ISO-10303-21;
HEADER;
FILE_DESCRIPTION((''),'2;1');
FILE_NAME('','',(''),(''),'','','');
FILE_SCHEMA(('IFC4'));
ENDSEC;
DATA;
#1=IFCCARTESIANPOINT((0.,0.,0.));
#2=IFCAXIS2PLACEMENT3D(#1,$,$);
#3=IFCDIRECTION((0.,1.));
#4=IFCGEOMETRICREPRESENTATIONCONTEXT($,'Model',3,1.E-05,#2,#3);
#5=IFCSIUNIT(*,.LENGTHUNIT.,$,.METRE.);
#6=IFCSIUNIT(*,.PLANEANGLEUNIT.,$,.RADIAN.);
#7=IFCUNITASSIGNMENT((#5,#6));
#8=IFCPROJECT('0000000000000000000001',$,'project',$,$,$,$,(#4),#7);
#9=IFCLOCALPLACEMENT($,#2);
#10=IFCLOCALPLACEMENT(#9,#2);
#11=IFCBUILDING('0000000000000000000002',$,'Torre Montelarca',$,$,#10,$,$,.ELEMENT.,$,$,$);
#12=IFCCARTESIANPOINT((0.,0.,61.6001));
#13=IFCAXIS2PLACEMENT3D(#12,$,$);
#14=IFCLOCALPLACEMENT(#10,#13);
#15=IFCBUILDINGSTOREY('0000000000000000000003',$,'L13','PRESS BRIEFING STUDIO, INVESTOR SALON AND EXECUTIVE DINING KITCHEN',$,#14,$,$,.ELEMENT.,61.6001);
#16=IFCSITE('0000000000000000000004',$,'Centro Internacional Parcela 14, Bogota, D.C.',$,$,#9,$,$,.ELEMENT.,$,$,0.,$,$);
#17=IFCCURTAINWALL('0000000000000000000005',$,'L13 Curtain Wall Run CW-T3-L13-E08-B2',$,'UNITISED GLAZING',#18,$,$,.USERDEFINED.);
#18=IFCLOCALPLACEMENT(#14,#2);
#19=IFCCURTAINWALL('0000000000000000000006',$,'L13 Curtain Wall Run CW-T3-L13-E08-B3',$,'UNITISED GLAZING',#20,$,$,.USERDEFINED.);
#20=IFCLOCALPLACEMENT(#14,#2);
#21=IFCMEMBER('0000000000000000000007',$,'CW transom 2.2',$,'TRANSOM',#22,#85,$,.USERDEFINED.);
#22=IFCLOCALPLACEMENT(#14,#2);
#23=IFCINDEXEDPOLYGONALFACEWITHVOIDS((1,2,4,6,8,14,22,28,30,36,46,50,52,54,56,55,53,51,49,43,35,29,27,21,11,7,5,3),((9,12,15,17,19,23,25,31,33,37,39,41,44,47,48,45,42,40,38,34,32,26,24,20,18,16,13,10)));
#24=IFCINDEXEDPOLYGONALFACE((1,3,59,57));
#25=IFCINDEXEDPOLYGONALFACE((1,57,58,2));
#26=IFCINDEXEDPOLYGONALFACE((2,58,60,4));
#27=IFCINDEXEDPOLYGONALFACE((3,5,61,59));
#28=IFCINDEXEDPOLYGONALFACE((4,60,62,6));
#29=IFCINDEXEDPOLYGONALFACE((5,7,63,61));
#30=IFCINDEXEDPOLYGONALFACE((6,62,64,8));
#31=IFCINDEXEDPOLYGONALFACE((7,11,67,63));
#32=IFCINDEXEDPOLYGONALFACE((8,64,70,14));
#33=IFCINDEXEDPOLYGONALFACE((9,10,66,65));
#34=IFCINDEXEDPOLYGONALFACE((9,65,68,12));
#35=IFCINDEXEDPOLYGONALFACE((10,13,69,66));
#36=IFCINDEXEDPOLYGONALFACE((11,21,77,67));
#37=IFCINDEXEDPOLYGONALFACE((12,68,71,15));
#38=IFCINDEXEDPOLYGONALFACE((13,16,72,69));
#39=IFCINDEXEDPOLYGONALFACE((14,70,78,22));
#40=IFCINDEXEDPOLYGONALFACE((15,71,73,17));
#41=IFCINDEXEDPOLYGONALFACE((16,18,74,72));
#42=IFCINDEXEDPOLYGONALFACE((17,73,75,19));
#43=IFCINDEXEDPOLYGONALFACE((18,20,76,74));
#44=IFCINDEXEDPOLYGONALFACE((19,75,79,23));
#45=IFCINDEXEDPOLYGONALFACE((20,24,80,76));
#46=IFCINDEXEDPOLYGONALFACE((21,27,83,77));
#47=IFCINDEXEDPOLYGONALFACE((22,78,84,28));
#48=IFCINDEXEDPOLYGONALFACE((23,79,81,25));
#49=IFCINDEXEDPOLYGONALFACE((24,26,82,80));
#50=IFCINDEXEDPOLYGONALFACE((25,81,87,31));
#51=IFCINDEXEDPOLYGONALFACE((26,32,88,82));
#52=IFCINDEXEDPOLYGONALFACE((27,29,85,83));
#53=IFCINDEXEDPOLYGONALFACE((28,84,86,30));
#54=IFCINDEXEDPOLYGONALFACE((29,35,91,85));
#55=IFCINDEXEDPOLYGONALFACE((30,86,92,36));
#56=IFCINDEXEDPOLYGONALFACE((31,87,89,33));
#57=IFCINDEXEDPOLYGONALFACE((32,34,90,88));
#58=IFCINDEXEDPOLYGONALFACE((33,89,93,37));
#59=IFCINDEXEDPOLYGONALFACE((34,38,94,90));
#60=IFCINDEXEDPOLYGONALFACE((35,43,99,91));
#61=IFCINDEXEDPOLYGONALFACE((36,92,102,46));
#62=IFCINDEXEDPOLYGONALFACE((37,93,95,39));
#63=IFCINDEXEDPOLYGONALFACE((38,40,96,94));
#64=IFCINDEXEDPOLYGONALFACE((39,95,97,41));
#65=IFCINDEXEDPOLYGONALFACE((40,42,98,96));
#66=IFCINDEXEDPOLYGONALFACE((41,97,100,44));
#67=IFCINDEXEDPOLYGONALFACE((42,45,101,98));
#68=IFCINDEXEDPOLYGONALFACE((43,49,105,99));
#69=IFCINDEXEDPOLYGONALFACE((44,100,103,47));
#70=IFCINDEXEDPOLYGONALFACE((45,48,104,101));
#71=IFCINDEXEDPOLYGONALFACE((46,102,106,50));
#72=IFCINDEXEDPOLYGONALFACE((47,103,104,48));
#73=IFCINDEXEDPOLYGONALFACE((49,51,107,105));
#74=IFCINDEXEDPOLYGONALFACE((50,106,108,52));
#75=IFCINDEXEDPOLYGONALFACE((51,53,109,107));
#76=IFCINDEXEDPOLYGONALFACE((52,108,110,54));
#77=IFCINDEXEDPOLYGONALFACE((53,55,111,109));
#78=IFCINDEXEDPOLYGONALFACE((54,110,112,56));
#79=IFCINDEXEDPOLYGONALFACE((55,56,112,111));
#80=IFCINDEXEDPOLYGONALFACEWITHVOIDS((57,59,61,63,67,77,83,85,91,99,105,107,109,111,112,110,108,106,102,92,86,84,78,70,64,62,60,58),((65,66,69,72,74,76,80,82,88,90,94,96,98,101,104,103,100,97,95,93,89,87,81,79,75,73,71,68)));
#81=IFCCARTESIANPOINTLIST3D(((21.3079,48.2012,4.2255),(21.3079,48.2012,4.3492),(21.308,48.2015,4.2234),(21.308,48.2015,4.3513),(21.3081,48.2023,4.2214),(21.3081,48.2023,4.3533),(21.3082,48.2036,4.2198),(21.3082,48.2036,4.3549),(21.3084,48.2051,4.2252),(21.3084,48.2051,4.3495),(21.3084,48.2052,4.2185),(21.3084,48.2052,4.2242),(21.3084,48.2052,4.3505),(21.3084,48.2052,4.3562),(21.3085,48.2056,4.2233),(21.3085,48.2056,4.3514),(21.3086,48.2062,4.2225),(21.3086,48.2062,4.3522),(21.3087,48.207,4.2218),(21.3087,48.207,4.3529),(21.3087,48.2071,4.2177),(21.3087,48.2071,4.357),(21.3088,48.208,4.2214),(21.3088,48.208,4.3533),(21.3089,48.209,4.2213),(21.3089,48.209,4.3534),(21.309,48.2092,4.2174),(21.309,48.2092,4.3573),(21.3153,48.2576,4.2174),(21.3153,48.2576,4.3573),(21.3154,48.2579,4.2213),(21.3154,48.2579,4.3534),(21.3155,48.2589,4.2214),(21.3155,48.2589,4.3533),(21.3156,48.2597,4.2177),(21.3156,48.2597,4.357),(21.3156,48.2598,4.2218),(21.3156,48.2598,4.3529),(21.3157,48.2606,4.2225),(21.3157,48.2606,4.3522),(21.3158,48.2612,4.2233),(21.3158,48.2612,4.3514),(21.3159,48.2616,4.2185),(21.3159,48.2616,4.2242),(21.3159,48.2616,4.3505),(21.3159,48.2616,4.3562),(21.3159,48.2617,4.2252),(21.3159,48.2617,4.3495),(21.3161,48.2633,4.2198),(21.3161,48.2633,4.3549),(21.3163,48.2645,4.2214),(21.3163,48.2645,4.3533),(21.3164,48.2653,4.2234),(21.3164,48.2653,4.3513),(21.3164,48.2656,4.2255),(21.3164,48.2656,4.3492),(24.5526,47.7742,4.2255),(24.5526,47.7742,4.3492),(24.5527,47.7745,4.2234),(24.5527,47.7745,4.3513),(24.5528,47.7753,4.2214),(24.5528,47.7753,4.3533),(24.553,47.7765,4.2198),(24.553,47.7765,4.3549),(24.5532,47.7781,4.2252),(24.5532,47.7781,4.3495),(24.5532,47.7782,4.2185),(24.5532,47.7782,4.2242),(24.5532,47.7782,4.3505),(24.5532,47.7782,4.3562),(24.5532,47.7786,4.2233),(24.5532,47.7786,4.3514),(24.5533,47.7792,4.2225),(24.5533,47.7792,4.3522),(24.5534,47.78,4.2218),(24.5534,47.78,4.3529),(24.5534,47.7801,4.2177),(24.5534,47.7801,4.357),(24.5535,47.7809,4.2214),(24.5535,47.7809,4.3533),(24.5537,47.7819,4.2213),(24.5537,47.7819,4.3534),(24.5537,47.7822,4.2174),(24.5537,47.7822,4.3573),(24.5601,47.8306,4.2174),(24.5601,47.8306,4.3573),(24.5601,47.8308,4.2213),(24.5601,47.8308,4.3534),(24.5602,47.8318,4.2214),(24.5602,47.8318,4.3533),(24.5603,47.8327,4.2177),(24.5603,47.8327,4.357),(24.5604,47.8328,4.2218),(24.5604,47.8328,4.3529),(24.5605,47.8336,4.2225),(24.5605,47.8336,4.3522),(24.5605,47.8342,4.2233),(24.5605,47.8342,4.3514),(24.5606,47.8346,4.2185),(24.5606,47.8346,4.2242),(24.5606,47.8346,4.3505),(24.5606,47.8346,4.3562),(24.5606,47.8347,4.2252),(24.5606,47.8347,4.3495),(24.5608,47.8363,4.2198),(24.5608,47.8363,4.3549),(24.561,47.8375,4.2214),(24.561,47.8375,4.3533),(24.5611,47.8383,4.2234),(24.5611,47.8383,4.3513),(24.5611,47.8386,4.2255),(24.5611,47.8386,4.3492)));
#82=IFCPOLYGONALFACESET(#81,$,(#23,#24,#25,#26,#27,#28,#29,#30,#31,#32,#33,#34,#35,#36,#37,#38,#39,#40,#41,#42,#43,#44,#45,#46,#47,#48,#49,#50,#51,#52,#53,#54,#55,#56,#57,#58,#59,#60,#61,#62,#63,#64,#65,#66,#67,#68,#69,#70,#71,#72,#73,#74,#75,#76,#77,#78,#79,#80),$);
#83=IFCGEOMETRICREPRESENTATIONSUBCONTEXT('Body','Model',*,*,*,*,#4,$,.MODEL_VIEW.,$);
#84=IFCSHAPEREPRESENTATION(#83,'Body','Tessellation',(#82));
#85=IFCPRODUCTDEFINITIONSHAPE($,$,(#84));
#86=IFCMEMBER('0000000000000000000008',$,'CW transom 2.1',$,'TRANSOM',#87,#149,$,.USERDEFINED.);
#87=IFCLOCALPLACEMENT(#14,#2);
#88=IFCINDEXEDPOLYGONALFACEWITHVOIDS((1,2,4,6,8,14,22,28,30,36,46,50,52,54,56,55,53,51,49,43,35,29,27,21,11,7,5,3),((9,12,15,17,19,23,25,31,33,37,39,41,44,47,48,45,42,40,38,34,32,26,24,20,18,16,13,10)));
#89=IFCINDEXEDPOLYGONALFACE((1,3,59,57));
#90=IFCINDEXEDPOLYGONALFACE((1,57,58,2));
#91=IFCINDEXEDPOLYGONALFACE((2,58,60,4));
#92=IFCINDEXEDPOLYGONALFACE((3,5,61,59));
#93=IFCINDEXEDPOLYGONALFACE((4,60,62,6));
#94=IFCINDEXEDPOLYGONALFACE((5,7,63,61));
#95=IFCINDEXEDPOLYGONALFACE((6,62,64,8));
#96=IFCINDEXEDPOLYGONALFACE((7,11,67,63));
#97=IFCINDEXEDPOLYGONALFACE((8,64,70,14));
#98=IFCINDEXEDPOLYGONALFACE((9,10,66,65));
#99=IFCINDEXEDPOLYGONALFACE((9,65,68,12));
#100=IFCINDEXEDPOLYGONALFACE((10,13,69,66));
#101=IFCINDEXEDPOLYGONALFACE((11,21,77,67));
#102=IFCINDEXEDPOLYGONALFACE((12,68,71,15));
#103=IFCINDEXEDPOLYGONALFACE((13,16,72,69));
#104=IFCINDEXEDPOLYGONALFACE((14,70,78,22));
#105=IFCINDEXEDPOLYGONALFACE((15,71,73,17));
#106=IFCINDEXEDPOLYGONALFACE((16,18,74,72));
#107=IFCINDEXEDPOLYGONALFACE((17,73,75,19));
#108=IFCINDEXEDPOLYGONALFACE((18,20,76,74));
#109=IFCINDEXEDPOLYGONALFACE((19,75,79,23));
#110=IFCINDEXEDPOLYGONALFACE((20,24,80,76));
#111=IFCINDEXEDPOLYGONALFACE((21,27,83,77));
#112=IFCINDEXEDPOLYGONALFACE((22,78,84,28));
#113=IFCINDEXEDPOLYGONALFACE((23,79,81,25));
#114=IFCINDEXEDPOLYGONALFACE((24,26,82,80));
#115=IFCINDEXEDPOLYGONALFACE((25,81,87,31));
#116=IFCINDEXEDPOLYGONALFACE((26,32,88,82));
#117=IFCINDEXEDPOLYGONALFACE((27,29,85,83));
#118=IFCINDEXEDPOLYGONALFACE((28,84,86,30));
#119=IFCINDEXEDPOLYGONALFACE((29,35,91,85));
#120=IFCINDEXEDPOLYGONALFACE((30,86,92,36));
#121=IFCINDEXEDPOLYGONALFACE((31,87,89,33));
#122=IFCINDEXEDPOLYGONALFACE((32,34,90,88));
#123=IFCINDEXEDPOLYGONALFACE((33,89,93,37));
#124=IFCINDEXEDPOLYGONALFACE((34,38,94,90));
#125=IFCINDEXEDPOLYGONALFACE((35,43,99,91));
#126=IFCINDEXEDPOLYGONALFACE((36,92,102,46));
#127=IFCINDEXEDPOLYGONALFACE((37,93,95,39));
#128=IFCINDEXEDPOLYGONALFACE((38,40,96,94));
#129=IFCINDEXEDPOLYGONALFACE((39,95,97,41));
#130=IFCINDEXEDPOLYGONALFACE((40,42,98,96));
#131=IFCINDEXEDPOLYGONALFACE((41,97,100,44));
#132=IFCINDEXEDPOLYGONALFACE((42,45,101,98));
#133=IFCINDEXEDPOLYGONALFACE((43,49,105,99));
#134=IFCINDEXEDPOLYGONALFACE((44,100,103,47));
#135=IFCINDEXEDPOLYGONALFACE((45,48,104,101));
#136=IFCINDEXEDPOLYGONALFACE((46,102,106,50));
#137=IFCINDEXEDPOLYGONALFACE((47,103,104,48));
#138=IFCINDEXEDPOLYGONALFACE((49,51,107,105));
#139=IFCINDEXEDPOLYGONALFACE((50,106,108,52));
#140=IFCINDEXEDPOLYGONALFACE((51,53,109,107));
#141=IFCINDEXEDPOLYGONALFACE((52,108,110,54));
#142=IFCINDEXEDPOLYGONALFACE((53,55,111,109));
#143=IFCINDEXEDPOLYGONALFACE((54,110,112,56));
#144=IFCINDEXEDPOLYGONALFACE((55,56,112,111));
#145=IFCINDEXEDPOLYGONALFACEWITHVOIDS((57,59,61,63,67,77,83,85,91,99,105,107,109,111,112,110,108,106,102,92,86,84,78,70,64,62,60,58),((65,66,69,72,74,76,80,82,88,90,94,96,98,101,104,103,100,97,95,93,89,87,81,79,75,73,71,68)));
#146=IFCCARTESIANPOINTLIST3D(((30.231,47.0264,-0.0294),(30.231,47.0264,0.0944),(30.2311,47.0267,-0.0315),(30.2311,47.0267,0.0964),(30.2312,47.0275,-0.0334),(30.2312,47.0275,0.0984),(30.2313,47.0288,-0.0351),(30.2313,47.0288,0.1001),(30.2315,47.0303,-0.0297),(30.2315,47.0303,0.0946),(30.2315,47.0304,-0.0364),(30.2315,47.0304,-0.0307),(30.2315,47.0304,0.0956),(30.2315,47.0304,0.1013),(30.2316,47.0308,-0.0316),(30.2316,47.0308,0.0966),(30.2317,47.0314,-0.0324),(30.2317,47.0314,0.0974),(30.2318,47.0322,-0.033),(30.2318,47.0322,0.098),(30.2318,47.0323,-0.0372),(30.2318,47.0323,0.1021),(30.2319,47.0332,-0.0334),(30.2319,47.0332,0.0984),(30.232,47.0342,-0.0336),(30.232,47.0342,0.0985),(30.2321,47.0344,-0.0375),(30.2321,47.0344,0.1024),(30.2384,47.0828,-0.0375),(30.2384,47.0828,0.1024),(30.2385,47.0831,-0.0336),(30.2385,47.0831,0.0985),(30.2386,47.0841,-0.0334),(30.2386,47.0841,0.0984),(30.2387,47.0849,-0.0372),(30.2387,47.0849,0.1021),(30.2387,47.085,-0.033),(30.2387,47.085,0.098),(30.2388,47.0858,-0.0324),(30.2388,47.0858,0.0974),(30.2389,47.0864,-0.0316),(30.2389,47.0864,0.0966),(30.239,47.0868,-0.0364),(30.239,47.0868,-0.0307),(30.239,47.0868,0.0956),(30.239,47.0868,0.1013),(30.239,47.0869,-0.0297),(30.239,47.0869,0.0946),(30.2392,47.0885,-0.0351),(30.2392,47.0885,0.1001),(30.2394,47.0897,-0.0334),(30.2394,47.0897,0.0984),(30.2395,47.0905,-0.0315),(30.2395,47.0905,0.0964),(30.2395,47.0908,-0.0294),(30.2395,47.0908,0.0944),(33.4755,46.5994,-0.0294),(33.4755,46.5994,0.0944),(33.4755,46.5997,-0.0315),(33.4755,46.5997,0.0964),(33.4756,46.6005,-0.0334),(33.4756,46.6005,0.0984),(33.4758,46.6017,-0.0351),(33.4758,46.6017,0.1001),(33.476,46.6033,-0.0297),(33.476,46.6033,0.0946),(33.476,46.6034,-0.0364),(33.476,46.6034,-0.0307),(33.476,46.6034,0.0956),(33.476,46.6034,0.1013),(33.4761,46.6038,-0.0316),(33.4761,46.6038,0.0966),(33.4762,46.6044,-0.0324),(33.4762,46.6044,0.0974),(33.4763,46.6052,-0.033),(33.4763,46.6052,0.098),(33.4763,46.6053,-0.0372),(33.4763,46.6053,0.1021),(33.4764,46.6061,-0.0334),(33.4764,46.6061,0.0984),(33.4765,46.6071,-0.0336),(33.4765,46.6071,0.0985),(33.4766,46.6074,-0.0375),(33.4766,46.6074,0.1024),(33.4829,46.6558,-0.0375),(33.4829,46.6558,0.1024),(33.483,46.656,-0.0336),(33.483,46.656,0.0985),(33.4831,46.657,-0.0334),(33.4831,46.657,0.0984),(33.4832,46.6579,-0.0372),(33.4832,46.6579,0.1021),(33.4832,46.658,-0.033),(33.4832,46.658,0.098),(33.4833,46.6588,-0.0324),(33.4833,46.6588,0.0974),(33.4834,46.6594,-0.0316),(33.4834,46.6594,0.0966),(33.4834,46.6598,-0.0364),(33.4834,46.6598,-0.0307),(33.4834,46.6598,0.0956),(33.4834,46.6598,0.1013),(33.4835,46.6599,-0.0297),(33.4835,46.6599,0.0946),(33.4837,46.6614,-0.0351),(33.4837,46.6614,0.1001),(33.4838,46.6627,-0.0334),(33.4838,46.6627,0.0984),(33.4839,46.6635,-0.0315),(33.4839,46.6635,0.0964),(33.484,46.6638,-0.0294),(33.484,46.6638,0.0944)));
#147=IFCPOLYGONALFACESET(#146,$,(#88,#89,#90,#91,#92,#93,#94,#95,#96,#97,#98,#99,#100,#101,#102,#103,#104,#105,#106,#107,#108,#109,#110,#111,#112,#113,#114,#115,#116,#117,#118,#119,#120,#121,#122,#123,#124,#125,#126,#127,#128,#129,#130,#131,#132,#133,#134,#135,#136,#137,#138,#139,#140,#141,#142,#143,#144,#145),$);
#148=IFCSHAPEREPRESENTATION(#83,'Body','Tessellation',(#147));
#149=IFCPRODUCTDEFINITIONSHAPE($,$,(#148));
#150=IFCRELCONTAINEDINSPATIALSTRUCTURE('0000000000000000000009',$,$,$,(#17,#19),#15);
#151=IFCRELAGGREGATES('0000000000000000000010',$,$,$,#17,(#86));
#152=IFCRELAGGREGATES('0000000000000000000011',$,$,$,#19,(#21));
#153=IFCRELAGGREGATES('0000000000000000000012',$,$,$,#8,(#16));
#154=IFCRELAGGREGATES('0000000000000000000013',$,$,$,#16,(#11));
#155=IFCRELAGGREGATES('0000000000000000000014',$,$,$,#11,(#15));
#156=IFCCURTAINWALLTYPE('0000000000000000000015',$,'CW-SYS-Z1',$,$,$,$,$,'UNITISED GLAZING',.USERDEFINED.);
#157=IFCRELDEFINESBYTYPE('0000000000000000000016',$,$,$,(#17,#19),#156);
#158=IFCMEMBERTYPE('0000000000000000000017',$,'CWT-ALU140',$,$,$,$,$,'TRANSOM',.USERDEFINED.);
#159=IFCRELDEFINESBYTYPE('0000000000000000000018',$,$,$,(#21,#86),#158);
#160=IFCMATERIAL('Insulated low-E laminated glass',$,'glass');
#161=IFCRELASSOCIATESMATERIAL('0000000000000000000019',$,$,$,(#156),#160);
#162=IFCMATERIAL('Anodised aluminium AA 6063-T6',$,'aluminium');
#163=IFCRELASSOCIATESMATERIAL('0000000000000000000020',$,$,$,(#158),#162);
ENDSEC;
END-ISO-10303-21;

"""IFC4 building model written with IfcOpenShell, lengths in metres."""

from ifc_helpers import new_model, si_unit, direction, frame, origin, origin_2d, place, context, subcontext, project, spatial, hollow_rectangle, extrude, source, transform, mapped, material, material_profile, profile_set, type_object, element, aggregate, save


model = new_model("IFC4")

# Units and contexts
model_context = context("Model", 3, precision=1e-05, world=origin(), true_north=direction((0.0, 1.0)))
body_context = subcontext(model_context, "Body", "Model", "MODEL_VIEW")
ifc_project = project(units=[si_unit("LENGTHUNIT", "METRE"), si_unit("PLANEANGLEUNIT", "RADIAN")], contexts=[model_context])

# Site, building, storey
site_placement = place(None, origin())
site = spatial("IfcSite", under=ifc_project, at=site_placement, Name="Centro Internacional Parcela 14, Bogota, D.C.", CompositionType="ELEMENT", RefElevation=0.0)
building_placement = place(site_placement, origin())
building = spatial("IfcBuilding", under=site, at=building_placement, Name="Torre Montelarca", CompositionType="ELEMENT")
storey_placement = place(building_placement, frame((0.0, 0.0, 61.6001)))
storey = spatial("IfcBuildingStorey", under=building, at=storey_placement, Name="L13", Description="PRESS BRIEFING STUDIO, INVESTOR SALON AND EXECUTIVE DINING KITCHEN", CompositionType="ELEMENT", Elevation=61.6001)

# Curtain wall
ifc_material_1 = material(Name="Insulated low-E laminated glass", Category="glass")
curtain_wall_type = type_object("IfcCurtainWallType", Name="CW-SYS-Z1", ElementType="UNITISED GLAZING", PredefinedType="USERDEFINED", material=ifc_material_1)
curtain_wall_1_placement = place(storey_placement, origin())
curtain_wall_1 = element("IfcCurtainWall", 1, at=curtain_wall_1_placement, inside=storey, type_object=curtain_wall_type, Name="L13 Curtain Wall Run CW-T3-L13-E08-B2", ObjectType="UNITISED GLAZING", PredefinedType="USERDEFINED")
ifc_material_2 = material(Name="Anodised aluminium AA 6063-T6", Category="aluminium")
ifc_material_profile_1 = material_profile(ifc_material_2, hollow_rectangle(XDim=0.0649, YDim=0.1399, WallThickness=0.0039, InnerFilletRadius=0.0039, OuterFilletRadius=0.0081, at=origin_2d()), Name="ALU65X140X4", Category="aluminium")
ifc_profile_set_1 = profile_set([ifc_material_profile_1], Name="Anodised aluminium AA 6063-T6")
member_type_1 = type_object("IfcMemberType", Name="CWT-ALU140", ElementType="TRANSOM", PredefinedType="USERDEFINED", material=ifc_profile_set_1)
shared_shape_1 = source(origin(), body_context, "Body", "SweptSolid", [
    extrude(hollow_rectangle(XDim=0.0649, YDim=0.1399, WallThickness=0.0039, InnerFilletRadius=0.0039, OuterFilletRadius=0.0081, at=origin_2d()), origin(), (0.0, 0.0, 1.0), 3.2727),
])

# Curtain wall, member
curtain_wall_2_placement = place(storey_placement, origin())
curtain_wall_2 = element("IfcCurtainWall", 2, at=curtain_wall_2_placement, inside=storey, type_object=curtain_wall_type, Name="L13 Curtain Wall Run CW-T3-L13-E08-B3", ObjectType="UNITISED GLAZING", PredefinedType="USERDEFINED")
member_1_placement = place(storey_placement, frame((24.5569, 47.8064, 4.2874), z_axis=(-0.991451, 0.130478, 0.0), x_axis=(-0.130478, -0.991451, 0.0)))
member_1 = element("IfcMember", 3, at=member_1_placement, type_object=member_type_1, Name="CW transom 2.2", ObjectType="TRANSOM", PredefinedType="USERDEFINED", context=body_context, shape_type="MappedRepresentation", body=[
    mapped(shared_shape_1, transform((0.0, 0.0, 0.0), scale=1.0)),
])

# Member
shared_shape_2 = source(origin(), body_context, "Body", "SweptSolid", [
    extrude(hollow_rectangle(XDim=0.0649, YDim=0.1399, WallThickness=0.0039, InnerFilletRadius=0.0039, OuterFilletRadius=0.0081, at=origin_2d()), origin(), (0.0, 0.0, 1.0), 3.2725),
])
member_2_placement = place(storey_placement, frame((33.4797, 46.6316, 0.0325), z_axis=(-0.99145, 0.130487, 0.0), x_axis=(-0.130487, -0.99145, 0.0)))
member_2 = element("IfcMember", 4, at=member_2_placement, type_object=member_type_1, Name="CW transom 2.1", ObjectType="TRANSOM", PredefinedType="USERDEFINED", context=body_context, shape_type="MappedRepresentation", body=[
    mapped(shared_shape_2, transform((0.0, 0.0, 0.0), scale=1.0)),
])

aggregate(curtain_wall_1, [member_2])
aggregate(curtain_wall_2, [member_1])

save(model, "model.ifc")
